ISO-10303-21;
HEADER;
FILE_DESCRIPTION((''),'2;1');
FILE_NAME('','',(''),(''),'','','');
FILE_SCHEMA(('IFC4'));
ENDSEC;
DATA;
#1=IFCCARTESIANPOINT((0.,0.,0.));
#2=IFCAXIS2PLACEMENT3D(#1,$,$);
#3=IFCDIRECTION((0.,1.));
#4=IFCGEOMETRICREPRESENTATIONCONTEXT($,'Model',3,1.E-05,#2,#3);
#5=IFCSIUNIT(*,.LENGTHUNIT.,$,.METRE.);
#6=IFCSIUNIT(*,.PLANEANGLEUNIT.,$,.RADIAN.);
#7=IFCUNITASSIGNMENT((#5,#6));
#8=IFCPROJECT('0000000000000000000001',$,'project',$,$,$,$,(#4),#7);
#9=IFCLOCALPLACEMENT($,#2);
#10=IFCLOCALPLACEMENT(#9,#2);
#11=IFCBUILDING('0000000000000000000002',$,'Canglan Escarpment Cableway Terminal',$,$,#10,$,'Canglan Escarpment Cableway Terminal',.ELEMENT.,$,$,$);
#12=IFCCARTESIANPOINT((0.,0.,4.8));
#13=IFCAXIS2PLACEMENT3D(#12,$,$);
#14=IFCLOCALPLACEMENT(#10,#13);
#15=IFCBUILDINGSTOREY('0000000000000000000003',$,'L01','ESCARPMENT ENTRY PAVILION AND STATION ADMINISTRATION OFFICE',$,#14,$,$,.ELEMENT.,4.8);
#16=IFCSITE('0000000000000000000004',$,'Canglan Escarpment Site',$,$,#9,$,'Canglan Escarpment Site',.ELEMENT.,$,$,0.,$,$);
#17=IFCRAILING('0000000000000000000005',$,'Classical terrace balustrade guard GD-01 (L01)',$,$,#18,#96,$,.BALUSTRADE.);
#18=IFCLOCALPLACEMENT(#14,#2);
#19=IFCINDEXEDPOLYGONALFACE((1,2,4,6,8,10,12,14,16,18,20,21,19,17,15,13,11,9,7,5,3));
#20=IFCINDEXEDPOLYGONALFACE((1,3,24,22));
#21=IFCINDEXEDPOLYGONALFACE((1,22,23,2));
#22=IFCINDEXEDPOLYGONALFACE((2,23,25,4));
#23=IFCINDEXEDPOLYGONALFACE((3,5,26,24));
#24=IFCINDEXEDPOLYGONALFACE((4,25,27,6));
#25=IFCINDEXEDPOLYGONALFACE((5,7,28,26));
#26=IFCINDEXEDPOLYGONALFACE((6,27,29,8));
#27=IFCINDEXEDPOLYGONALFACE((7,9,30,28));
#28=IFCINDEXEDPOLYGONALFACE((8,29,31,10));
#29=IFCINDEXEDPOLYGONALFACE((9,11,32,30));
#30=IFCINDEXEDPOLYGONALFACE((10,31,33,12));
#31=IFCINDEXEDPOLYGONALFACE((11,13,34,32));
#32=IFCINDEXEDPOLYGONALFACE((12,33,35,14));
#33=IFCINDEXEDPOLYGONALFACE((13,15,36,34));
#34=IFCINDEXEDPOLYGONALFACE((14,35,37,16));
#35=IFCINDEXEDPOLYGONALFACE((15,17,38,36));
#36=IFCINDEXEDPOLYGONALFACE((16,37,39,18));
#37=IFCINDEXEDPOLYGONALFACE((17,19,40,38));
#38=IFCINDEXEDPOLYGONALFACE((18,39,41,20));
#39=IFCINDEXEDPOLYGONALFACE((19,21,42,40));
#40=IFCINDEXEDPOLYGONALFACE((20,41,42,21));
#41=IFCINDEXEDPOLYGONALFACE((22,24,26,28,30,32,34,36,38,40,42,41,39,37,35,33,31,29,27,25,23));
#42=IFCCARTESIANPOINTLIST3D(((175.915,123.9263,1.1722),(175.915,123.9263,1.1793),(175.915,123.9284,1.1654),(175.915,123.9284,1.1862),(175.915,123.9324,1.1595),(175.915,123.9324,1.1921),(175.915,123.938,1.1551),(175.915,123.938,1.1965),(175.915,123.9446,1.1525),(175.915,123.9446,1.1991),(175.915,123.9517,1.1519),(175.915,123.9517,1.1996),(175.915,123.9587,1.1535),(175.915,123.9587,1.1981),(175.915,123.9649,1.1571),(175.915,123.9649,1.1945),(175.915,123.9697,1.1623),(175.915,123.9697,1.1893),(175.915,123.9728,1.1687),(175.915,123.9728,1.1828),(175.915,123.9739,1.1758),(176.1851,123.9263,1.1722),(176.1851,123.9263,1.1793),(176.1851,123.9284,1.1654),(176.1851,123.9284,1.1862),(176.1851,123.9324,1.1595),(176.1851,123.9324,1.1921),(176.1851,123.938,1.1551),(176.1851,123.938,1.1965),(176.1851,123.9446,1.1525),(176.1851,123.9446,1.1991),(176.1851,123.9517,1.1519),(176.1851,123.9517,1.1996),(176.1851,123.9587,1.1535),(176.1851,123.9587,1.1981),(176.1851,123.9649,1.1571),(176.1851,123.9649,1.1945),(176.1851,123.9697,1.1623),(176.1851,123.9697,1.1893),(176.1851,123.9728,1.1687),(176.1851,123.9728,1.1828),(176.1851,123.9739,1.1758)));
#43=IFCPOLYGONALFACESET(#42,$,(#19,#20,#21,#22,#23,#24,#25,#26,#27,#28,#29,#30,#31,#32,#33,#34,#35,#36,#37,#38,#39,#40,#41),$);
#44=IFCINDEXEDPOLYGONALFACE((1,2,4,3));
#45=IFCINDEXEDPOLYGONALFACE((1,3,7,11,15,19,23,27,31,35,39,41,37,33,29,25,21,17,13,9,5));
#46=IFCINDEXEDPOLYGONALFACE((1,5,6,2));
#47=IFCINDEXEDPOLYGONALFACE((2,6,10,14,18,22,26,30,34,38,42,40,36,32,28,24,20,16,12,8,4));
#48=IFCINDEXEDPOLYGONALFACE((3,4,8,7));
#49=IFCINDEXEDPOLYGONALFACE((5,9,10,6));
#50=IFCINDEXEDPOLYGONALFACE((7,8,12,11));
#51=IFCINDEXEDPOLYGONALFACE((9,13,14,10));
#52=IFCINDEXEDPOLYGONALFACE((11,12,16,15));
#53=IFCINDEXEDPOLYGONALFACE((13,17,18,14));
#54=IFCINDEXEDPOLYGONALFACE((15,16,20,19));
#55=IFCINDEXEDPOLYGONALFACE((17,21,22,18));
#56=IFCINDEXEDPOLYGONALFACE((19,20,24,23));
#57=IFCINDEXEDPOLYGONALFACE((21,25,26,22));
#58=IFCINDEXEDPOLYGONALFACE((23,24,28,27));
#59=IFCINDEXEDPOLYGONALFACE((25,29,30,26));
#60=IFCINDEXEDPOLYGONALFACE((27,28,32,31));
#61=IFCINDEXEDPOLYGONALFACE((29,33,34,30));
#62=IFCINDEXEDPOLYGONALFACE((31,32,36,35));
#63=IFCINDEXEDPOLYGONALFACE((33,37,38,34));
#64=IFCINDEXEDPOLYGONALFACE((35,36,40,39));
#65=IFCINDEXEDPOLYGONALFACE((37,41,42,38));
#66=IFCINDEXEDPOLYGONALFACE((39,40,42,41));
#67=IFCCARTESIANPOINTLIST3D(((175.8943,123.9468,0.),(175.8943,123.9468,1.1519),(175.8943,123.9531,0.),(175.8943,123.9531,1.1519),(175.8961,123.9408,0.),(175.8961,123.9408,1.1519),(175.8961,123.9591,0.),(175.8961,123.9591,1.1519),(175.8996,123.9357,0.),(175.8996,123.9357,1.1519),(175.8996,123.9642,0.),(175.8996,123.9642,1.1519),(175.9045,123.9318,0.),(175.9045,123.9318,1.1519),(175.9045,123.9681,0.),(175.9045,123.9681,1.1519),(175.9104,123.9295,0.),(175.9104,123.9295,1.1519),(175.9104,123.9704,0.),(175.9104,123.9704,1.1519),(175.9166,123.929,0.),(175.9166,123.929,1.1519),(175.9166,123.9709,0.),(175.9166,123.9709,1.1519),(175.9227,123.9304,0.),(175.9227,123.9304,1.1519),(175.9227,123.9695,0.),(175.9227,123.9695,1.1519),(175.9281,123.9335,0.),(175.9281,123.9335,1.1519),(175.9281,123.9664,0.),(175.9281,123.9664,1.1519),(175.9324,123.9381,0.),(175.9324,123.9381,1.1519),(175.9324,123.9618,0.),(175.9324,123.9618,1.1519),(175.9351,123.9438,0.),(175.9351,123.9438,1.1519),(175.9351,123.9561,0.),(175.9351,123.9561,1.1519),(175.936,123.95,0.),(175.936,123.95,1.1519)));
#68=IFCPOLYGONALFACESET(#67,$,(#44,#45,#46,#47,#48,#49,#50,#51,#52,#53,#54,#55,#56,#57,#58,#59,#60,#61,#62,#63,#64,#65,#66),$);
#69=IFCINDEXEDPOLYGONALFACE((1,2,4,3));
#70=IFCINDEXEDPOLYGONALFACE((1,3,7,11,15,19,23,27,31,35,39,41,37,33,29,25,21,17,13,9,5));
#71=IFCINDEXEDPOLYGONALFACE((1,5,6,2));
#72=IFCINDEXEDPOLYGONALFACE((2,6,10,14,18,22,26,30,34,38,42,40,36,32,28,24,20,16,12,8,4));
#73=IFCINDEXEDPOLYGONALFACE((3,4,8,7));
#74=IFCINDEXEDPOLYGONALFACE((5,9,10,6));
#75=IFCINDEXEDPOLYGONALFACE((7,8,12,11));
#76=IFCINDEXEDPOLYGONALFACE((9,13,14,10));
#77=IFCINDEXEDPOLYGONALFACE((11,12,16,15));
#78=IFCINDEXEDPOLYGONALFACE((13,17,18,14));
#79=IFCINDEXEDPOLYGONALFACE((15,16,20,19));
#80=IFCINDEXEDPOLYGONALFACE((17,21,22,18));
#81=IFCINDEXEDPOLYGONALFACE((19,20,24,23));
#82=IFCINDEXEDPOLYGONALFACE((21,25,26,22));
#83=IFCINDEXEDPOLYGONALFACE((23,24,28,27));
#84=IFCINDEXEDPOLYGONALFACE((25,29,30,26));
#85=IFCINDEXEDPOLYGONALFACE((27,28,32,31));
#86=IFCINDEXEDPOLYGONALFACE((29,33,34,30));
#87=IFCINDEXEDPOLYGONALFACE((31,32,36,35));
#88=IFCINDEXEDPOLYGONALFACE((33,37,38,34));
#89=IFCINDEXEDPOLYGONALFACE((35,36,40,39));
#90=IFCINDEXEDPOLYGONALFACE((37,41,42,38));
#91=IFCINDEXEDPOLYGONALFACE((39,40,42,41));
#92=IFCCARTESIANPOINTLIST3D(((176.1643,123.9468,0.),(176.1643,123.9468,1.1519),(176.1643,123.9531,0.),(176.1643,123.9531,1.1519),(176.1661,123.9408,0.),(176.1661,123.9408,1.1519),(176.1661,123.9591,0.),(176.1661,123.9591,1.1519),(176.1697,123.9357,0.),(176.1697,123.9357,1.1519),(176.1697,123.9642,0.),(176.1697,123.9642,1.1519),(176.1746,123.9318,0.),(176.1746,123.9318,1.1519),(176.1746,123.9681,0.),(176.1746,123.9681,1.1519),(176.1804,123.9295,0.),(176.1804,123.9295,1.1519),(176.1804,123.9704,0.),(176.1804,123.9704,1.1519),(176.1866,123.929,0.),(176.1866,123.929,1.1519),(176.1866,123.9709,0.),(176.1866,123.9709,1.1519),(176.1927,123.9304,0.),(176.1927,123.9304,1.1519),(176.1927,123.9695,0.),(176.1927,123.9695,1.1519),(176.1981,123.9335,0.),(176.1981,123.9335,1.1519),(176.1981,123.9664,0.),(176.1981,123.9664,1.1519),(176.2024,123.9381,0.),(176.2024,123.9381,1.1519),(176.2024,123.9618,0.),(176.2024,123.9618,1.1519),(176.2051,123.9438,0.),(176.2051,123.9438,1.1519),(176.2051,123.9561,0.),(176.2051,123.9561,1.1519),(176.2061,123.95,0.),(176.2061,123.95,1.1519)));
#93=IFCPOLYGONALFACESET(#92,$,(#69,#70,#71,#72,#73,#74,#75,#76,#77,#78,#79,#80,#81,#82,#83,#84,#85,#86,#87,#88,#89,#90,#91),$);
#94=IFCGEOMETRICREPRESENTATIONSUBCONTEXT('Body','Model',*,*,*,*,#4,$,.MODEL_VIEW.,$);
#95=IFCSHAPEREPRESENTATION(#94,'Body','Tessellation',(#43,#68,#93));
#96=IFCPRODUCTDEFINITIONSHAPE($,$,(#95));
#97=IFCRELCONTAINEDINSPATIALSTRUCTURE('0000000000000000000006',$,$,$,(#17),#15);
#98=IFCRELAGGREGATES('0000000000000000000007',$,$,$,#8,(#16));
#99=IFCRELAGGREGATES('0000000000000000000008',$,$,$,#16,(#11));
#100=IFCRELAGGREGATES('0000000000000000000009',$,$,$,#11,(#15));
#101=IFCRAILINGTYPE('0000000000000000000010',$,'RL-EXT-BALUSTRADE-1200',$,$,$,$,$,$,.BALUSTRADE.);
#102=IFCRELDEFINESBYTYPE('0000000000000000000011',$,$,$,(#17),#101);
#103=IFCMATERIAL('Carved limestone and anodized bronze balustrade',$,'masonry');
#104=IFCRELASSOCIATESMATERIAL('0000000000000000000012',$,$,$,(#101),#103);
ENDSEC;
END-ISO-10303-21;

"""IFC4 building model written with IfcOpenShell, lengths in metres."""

from ifc_helpers import new_model, si_unit, direction, frame, origin, origin_2d, place, context, subcontext, project, spatial, circle, extrude, material, type_object, element, save


model = new_model("IFC4")

# Units and contexts
model_context = context("Model", 3, precision=1e-05, world=origin(), true_north=direction((0.0, 1.0)))
body_context = subcontext(model_context, "Body", "Model", "MODEL_VIEW")
ifc_project = project(units=[si_unit("LENGTHUNIT", "METRE"), si_unit("PLANEANGLEUNIT", "RADIAN")], contexts=[model_context])

# Site, building, storey
site_placement = place(None, origin())
site = spatial("IfcSite", under=ifc_project, at=site_placement, Name="Canglan Escarpment Site", LongName="Canglan Escarpment Site", CompositionType="ELEMENT", RefElevation=0.0)
building_placement = place(site_placement, origin())
building = spatial("IfcBuilding", under=site, at=building_placement, Name="Canglan Escarpment Cableway Terminal", LongName="Canglan Escarpment Cableway Terminal", CompositionType="ELEMENT")
storey_placement = place(building_placement, frame((0.0, 0.0, 4.8)))
storey = spatial("IfcBuildingStorey", under=building, at=storey_placement, Name="L01", Description="ESCARPMENT ENTRY PAVILION AND STATION ADMINISTRATION OFFICE", CompositionType="ELEMENT", Elevation=4.8)

# Railing
ifc_material_1 = material(Name="Carved limestone and anodized bronze balustrade", Category="masonry")
railing_type = type_object("IfcRailingType", Name="RL-EXT-BALUSTRADE-1200", PredefinedType="BALUSTRADE", material=ifc_material_1)
railing_placement = place(storey_placement, frame((175.915, 123.95, 0.0)))
element("IfcRailing", 1, at=railing_placement, inside=storey, type_object=railing_type, Name="Classical terrace balustrade guard GD-01 (L01)", PredefinedType="BALUSTRADE", context=body_context, shape_type="SweptSolid", body=[
    extrude(circle(Radius=0.0239, at=origin_2d()), frame((0.0, 0.0, 1.1758), z_axis=(1.0, 0.0, 0.0), x_axis=(0.0, 1.0, 0.0)), (0.0, 0.0, 1.0), 0.27),
    extrude(circle(Radius=0.021, at=origin_2d()), origin(), (0.0, 0.0, 1.0), 1.1519),
    extrude(circle(Radius=0.021, at=origin_2d()), frame((0.27, 0.0, 0.0)), (0.0, 0.0, 1.0), 1.1519),
])

save(model, "model.ifc")
